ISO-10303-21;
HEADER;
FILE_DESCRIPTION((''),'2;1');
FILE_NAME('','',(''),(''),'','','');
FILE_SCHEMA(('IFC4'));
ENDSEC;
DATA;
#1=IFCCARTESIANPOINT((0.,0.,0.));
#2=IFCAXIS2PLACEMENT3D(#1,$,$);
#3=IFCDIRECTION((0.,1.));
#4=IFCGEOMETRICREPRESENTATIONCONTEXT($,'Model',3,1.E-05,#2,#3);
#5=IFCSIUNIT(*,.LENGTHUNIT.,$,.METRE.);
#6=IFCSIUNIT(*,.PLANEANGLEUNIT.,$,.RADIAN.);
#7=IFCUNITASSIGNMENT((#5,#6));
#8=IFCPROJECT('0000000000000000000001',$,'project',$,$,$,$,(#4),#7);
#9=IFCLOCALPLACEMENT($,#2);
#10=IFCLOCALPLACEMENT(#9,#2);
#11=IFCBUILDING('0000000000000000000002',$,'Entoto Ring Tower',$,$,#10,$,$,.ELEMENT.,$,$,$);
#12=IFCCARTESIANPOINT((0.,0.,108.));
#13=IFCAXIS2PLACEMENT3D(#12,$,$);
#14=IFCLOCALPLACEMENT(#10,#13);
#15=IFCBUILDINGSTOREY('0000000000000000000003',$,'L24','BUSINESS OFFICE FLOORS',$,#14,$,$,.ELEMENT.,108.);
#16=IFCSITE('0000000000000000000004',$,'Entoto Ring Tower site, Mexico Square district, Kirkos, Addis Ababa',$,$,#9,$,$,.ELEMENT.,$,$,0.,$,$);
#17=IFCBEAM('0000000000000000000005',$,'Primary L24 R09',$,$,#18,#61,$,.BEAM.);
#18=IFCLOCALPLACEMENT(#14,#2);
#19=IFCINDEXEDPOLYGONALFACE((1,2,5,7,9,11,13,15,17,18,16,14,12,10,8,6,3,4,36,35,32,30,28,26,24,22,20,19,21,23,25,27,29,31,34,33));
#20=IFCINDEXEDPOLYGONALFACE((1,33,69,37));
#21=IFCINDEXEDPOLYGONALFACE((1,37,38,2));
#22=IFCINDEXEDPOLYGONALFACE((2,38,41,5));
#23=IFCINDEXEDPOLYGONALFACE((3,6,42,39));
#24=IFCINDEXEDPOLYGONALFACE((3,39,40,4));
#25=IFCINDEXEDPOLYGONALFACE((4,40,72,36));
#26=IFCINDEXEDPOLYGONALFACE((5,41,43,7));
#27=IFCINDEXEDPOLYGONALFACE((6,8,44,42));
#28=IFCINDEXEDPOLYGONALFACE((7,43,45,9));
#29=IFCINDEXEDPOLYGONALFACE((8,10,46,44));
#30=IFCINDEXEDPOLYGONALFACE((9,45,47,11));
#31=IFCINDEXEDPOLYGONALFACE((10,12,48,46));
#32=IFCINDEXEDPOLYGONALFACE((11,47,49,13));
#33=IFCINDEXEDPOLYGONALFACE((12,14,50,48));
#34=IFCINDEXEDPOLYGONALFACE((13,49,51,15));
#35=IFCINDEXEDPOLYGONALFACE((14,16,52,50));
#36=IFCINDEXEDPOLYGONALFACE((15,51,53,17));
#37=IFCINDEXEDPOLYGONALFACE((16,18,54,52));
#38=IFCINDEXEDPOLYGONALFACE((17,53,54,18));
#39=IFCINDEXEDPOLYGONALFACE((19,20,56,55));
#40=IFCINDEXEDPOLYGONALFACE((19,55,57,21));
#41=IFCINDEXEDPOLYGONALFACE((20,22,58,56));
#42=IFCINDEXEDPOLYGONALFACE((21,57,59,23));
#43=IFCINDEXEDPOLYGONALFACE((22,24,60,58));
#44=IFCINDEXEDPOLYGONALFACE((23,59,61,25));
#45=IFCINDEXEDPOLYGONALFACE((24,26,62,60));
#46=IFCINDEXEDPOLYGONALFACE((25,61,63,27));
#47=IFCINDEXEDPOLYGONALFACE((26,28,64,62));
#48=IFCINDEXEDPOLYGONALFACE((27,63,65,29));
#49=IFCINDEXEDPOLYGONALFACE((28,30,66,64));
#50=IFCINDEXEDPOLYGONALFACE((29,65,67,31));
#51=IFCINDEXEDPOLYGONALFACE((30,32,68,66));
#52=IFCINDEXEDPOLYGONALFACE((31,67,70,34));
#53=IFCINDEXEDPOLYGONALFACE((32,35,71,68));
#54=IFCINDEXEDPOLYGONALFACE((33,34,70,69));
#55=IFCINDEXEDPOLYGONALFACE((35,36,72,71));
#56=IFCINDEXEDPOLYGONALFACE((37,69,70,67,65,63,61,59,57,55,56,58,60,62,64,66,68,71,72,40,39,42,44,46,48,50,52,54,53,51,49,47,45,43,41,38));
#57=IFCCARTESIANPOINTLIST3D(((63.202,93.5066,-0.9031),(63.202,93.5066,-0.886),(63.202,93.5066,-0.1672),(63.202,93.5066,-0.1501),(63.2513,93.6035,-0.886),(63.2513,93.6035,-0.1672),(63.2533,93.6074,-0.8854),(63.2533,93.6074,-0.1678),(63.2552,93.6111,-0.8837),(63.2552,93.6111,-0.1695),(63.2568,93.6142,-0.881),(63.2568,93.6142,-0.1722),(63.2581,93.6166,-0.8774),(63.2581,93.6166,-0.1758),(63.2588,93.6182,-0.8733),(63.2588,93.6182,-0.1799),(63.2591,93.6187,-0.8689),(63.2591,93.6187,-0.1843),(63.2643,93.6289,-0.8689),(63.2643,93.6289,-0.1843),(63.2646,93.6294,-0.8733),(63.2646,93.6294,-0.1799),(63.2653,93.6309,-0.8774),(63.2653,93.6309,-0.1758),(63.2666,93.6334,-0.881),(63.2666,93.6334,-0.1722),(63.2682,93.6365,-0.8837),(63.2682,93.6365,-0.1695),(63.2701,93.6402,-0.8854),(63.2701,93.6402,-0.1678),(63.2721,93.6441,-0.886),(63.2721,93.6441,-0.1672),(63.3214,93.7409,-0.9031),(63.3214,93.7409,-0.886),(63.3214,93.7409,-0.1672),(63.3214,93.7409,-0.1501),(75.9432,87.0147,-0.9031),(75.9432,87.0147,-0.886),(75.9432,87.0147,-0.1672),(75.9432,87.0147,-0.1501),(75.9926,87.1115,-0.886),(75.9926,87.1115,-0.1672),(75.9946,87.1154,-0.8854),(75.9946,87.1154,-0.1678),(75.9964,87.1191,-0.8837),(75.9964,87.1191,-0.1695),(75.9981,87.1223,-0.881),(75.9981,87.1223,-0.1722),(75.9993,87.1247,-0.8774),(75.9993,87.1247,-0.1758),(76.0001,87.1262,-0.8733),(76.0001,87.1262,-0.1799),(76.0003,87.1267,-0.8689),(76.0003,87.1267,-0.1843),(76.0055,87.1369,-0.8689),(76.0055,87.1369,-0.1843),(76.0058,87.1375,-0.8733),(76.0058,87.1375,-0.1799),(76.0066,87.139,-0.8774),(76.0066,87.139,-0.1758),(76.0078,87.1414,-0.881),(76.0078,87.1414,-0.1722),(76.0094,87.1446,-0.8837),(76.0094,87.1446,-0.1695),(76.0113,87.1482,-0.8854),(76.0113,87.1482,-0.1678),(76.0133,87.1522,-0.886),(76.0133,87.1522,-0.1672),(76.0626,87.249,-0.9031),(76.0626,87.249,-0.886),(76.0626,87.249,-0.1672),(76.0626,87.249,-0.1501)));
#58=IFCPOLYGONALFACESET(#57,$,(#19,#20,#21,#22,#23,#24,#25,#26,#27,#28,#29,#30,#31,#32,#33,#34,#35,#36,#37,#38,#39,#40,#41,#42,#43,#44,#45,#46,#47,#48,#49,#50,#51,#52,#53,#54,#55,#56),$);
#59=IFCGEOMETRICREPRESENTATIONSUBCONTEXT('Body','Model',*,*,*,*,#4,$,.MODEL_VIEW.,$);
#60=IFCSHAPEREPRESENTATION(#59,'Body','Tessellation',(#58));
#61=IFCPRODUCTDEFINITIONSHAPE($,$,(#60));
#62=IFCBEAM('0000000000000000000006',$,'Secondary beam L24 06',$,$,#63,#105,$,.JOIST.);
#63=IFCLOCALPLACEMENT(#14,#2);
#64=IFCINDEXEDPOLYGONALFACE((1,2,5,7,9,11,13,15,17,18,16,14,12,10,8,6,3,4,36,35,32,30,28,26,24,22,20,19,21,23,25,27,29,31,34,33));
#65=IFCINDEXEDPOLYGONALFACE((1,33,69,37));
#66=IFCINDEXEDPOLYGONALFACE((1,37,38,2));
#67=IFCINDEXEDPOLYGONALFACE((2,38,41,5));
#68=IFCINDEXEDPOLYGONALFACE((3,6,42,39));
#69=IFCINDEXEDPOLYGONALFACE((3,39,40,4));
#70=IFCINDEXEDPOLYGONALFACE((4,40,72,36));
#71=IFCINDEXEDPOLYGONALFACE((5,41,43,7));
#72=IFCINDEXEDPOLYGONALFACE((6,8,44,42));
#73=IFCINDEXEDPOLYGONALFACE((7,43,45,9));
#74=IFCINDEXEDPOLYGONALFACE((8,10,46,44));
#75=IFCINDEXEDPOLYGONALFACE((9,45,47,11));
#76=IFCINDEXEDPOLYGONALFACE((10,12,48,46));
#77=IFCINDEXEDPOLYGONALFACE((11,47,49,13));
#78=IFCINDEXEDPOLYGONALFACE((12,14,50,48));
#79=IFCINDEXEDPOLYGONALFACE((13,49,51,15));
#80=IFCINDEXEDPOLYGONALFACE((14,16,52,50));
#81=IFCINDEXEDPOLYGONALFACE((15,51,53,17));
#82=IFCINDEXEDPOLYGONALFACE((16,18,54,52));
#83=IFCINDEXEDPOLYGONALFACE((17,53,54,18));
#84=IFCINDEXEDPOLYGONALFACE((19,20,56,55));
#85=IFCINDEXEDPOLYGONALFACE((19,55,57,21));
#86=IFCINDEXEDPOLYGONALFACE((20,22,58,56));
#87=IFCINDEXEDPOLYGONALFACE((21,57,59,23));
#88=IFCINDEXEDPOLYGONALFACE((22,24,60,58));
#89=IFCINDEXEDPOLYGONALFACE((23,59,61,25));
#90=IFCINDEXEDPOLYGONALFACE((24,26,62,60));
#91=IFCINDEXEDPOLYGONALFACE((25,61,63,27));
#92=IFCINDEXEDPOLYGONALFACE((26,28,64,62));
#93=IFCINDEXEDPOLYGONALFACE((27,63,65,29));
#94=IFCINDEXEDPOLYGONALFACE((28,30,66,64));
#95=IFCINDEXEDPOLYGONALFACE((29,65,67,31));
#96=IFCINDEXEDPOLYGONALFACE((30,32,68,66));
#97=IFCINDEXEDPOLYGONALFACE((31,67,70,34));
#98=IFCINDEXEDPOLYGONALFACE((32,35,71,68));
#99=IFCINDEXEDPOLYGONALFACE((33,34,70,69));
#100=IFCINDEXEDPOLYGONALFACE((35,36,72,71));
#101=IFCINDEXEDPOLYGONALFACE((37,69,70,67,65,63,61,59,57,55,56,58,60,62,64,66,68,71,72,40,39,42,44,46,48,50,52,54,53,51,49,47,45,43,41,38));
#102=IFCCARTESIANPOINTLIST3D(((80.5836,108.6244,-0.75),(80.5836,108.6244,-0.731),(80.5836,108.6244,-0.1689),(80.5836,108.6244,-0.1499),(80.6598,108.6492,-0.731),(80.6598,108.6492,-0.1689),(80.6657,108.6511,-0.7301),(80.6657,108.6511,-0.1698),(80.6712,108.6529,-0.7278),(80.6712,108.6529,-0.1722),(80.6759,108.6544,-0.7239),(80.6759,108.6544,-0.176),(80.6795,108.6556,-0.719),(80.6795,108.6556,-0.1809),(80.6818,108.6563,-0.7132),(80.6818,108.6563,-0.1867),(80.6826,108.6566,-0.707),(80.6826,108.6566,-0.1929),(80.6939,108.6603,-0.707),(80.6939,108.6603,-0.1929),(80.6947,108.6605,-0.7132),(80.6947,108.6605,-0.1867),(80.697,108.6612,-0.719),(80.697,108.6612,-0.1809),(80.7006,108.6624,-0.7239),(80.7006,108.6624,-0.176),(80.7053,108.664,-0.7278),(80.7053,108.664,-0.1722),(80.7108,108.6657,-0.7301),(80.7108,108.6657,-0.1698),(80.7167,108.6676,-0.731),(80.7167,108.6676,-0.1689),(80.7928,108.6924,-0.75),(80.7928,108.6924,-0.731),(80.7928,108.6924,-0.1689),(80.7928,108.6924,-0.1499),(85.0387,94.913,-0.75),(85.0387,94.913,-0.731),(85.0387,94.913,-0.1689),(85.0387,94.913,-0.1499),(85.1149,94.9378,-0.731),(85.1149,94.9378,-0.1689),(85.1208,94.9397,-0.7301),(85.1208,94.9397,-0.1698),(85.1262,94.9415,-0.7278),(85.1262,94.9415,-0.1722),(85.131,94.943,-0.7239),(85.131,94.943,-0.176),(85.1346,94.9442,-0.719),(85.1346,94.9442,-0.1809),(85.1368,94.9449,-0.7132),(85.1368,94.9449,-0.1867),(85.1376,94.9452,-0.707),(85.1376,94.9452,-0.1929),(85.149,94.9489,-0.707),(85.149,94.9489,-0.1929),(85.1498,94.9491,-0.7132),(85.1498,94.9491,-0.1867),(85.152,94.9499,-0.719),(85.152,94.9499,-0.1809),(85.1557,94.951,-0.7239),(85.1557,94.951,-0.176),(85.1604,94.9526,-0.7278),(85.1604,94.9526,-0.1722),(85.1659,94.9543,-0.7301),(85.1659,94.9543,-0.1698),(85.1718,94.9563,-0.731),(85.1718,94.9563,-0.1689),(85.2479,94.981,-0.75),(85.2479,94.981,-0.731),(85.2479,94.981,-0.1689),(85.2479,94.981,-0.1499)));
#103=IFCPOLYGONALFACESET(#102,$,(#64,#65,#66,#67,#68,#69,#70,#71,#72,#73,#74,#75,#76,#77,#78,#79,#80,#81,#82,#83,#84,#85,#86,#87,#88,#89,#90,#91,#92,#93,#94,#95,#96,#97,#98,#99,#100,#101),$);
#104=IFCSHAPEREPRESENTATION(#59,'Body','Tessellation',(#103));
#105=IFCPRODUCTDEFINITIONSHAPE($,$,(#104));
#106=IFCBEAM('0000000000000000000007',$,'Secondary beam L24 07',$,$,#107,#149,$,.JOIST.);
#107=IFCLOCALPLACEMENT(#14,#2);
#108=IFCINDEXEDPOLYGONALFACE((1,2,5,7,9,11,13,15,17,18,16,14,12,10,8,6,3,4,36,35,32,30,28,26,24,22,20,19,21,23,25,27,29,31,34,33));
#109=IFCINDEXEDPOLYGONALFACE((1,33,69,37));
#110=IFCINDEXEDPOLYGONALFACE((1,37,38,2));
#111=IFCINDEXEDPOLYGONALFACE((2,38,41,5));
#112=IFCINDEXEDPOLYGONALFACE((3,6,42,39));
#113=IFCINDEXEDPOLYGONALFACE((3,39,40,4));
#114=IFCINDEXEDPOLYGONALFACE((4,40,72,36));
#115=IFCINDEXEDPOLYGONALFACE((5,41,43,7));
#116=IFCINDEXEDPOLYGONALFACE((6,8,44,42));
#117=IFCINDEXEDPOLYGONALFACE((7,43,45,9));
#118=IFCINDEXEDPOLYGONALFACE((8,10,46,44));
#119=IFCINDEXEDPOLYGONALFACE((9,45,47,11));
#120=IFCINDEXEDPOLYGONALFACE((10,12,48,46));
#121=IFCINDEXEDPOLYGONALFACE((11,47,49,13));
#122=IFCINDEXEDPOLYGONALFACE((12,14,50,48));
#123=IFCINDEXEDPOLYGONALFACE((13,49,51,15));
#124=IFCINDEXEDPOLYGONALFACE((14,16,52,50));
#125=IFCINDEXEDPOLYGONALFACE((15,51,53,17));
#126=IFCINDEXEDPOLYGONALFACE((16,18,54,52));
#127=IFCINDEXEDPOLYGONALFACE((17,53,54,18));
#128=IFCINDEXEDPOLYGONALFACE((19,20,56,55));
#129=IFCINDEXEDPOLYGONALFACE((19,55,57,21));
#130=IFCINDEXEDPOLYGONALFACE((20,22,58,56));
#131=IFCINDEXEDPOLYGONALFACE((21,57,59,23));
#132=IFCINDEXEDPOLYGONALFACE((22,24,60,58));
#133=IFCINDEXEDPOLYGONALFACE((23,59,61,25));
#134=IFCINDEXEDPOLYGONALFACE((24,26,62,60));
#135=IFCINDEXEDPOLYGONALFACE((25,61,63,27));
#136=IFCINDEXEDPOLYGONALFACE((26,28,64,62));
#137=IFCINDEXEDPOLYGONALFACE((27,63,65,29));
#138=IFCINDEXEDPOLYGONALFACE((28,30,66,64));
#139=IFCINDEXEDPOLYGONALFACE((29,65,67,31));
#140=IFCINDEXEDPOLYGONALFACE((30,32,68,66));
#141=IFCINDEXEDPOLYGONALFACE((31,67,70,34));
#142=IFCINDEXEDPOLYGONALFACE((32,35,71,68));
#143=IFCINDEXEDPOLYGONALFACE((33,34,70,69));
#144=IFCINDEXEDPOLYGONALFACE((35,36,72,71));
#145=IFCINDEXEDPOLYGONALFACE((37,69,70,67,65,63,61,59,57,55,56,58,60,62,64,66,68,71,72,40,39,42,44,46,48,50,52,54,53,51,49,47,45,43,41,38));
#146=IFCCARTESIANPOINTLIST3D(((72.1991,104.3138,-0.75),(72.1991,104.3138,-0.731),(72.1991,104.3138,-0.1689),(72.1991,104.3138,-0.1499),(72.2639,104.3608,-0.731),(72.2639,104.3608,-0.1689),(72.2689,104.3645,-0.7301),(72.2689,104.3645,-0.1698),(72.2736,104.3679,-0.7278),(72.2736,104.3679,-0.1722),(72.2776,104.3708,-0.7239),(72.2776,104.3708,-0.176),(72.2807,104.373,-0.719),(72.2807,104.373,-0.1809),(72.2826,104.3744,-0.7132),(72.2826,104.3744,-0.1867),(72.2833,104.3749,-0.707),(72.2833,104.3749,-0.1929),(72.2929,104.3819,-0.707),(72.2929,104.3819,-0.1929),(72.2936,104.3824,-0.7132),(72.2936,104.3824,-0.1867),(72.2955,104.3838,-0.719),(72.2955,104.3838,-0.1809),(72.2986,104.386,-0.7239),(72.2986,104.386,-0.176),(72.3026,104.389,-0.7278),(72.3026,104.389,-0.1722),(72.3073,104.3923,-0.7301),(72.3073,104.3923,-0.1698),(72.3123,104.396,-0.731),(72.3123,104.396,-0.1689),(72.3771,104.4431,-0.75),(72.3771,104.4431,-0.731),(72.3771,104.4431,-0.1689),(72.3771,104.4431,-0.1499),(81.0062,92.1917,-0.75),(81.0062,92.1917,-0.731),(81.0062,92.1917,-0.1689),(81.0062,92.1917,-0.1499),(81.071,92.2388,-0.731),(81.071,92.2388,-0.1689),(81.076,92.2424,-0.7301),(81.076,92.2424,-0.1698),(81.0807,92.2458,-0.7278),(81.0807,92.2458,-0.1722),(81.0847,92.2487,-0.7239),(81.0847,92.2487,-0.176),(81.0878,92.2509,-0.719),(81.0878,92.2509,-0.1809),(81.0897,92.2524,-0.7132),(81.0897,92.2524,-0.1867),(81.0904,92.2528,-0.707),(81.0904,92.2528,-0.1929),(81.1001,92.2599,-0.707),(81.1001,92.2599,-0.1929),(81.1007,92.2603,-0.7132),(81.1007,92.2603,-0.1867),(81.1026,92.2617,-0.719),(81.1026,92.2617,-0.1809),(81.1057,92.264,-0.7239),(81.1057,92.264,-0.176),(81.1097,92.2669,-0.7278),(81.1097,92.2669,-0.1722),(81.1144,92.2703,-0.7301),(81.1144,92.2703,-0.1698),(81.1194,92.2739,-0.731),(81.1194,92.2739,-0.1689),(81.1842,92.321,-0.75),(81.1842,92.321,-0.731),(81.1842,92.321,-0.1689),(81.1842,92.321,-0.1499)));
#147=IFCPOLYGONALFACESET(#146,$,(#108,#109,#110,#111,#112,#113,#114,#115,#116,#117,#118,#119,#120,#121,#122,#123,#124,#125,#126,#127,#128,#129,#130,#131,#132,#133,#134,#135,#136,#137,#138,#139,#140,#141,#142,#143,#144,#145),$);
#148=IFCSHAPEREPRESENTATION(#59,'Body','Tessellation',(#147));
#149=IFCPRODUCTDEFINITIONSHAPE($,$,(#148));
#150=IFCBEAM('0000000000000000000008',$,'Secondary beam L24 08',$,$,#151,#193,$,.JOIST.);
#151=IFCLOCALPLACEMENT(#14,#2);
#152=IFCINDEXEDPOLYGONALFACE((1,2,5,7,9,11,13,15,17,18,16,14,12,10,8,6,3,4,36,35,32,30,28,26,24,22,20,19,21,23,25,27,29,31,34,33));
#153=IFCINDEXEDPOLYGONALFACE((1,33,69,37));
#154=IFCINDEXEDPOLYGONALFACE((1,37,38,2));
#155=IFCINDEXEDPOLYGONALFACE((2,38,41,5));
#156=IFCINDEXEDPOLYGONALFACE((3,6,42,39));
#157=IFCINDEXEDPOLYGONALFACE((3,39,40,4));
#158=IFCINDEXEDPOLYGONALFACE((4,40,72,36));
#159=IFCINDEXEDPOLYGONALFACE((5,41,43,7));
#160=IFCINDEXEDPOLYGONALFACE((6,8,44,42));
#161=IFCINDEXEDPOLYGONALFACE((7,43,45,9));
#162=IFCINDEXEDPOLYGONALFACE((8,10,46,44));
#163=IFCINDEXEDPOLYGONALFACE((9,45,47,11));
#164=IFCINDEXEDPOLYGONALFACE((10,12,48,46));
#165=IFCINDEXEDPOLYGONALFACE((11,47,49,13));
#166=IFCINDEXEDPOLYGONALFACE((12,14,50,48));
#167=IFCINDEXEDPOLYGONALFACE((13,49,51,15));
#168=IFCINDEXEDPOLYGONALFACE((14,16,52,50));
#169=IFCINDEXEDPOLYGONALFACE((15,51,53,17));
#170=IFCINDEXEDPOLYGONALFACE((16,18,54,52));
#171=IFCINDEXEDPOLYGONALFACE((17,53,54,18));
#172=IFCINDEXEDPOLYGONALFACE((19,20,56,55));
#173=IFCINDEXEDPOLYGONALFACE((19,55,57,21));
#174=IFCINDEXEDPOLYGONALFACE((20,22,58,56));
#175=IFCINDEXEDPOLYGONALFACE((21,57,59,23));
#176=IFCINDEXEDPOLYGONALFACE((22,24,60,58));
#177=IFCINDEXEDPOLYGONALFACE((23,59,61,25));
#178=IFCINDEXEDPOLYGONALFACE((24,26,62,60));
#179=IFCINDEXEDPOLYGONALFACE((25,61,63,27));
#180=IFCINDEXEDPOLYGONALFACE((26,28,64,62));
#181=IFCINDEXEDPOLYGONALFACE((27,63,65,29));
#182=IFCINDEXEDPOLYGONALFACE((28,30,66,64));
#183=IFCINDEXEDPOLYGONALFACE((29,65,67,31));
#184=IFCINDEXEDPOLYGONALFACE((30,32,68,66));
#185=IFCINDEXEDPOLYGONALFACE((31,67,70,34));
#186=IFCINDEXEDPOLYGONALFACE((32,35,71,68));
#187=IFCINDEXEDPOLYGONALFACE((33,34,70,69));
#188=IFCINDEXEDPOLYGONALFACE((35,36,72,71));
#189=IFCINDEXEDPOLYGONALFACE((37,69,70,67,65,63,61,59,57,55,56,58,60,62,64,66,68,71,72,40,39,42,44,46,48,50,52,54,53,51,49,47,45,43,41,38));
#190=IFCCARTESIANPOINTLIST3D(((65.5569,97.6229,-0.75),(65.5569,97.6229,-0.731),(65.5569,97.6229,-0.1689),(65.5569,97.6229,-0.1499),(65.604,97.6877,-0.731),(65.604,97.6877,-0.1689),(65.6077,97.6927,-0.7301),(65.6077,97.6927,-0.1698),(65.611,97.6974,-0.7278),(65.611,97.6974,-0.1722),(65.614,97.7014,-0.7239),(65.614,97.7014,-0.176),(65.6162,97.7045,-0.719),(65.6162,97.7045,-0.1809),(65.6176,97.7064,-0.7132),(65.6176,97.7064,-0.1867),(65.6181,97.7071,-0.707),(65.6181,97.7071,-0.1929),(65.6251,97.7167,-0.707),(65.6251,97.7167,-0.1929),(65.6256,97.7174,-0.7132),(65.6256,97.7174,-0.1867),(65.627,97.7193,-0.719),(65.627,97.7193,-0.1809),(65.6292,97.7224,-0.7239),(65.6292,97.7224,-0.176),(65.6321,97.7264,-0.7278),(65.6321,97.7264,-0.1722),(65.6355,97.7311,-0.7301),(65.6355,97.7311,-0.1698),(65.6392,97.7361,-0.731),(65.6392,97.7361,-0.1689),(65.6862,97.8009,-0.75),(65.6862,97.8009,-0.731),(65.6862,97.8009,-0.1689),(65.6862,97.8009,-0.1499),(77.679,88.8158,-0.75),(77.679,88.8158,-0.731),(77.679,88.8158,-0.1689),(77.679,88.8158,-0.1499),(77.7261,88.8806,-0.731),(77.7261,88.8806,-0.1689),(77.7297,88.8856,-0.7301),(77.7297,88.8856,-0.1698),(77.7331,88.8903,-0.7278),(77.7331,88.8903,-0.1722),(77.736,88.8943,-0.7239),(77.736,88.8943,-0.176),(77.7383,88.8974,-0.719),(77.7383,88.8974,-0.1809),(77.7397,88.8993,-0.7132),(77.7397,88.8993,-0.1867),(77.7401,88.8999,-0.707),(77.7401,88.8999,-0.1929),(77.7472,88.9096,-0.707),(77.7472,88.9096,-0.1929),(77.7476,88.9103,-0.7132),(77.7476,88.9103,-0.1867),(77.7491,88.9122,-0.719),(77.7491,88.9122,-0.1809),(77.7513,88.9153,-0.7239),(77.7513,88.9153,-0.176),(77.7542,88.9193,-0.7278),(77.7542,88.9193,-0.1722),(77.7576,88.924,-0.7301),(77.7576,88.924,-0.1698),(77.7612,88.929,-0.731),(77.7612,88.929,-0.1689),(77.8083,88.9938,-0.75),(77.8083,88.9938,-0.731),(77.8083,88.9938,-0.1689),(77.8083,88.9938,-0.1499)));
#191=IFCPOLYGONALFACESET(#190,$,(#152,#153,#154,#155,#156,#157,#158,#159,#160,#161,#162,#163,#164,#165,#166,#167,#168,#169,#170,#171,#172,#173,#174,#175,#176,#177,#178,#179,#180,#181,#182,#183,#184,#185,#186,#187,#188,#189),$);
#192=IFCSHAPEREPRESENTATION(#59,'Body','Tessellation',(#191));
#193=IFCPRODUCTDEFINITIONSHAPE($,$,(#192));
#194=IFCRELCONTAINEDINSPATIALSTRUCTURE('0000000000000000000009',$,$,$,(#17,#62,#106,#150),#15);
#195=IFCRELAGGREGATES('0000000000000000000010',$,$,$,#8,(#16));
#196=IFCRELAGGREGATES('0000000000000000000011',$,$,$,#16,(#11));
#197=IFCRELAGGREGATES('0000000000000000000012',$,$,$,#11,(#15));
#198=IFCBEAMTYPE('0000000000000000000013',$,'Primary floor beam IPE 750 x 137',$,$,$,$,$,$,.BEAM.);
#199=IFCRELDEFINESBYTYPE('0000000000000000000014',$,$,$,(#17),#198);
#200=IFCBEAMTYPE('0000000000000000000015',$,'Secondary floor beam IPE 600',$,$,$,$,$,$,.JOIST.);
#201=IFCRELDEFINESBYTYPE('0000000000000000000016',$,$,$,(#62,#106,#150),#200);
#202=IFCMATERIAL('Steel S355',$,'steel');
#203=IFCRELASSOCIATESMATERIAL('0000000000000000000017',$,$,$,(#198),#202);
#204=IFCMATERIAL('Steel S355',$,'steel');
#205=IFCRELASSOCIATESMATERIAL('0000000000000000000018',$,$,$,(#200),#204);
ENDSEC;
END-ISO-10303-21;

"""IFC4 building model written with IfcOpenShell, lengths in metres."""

from ifc_helpers import new_model, si_unit, direction, frame, origin, origin_2d, place, context, subcontext, project, spatial, i_section, extrude, material, material_profile, profile_set, type_object, element, save


model = new_model("IFC4")

# Units and contexts
model_context = context("Model", 3, precision=1e-05, world=origin(), true_north=direction((0.0, 1.0)))
body_context = subcontext(model_context, "Body", "Model", "MODEL_VIEW")
ifc_project = project(units=[si_unit("LENGTHUNIT", "METRE"), si_unit("PLANEANGLEUNIT", "RADIAN")], contexts=[model_context])

# Site, building, storey
site_placement = place(None, origin())
site = spatial("IfcSite", under=ifc_project, at=site_placement, Name="Entoto Ring Tower site, Mexico Square district, Kirkos, Addis Ababa", CompositionType="ELEMENT", RefElevation=0.0)
building_placement = place(site_placement, origin())
building = spatial("IfcBuilding", under=site, at=building_placement, Name="Entoto Ring Tower", CompositionType="ELEMENT")
storey_placement = place(building_placement, frame((0.0, 0.0, 108.0)))
storey = spatial("IfcBuildingStorey", under=building, at=storey_placement, Name="L24", Description="BUSINESS OFFICE FLOORS", CompositionType="ELEMENT", Elevation=108.0)

# Beams
ifc_material_1 = material(Name="Steel S355", Category="steel")
ifc_material_profile_1 = material_profile(ifc_material_1, i_section(OverallWidth=0.2629, OverallDepth=0.7529, WebThickness=0.0115, FlangeThickness=0.0171, FilletRadius=0.0171, at=origin_2d()), Name="IPE 750 x 137")
ifc_profile_set_1 = profile_set([ifc_material_profile_1], Name="Steel S355")
beam_type_1 = type_object("IfcBeamType", Name="Primary floor beam IPE 750 x 137", PredefinedType="BEAM", material=ifc_profile_set_1)
beam_1_placement = place(storey_placement, frame((76.0029, 87.1318, -0.5266), z_axis=(-0.891007, 0.453989, 0.0), x_axis=(-0.453989, -0.891007, 0.0)))
element("IfcBeam", 1, at=beam_1_placement, inside=storey, type_object=beam_type_1, Name="Primary L24 R09", PredefinedType="BEAM", context=body_context, shape_type="SweptSolid", body=[
    extrude(i_section(OverallWidth=0.2629, OverallDepth=0.7529, WebThickness=0.0115, FlangeThickness=0.0171, FilletRadius=0.0171, at=origin_2d()), origin(), (0.0, 0.0, 1.0), 14.2998),
])
ifc_material_2 = material(Name="Steel S355", Category="steel")
ifc_material_profile_2 = material_profile(ifc_material_2, i_section(OverallWidth=0.22, OverallDepth=0.6001, WebThickness=0.012, FlangeThickness=0.019, FilletRadius=0.0239, at=origin_2d()), Name="IPE 600")
ifc_profile_set_2 = profile_set([ifc_material_profile_2], Name="Steel S355")
beam_type_2 = type_object("IfcBeamType", Name="Secondary floor beam IPE 600", PredefinedType="JOIST", material=ifc_profile_set_2)
beam_2_placement = place(storey_placement, frame((85.1433, 94.947, -0.45), z_axis=(-0.309015, 0.951057, 0.0), x_axis=(-0.951057, -0.309015, 0.0)))
element("IfcBeam", 2, at=beam_2_placement, inside=storey, type_object=beam_type_2, Name="Secondary beam L24 06", PredefinedType="JOIST", context=body_context, shape_type="SweptSolid", body=[
    extrude(i_section(OverallWidth=0.22, OverallDepth=0.6001, WebThickness=0.012, FlangeThickness=0.019, FilletRadius=0.0239, at=origin_2d()), origin(), (0.0, 0.0, 1.0), 14.417),
])
for number, where, z_axis, x_axis, name in (
    (3, (81.0952, 92.2563, -0.45), (-0.587782, 0.809019, 0.0), (-0.809019, -0.587782, 0.0), "Secondary beam L24 07"),
    (4, (77.7437, 88.9048, -0.45), (-0.809019, 0.587782, 0.0), (-0.587782, -0.809019, 0.0), "Secondary beam L24 08"),
):
    element("IfcBeam", number, at=place(storey_placement, frame(where, z_axis=z_axis, x_axis=x_axis)), inside=storey, type_object=beam_type_2, Name=name, PredefinedType="JOIST", context=body_context, shape_type="SweptSolid", body=[
        extrude(i_section(OverallWidth=0.22, OverallDepth=0.6001, WebThickness=0.012, FlangeThickness=0.019, FilletRadius=0.0239, at=origin_2d()), origin(), (0.0, 0.0, 1.0), 14.9836),
    ])

save(model, "model.ifc")
